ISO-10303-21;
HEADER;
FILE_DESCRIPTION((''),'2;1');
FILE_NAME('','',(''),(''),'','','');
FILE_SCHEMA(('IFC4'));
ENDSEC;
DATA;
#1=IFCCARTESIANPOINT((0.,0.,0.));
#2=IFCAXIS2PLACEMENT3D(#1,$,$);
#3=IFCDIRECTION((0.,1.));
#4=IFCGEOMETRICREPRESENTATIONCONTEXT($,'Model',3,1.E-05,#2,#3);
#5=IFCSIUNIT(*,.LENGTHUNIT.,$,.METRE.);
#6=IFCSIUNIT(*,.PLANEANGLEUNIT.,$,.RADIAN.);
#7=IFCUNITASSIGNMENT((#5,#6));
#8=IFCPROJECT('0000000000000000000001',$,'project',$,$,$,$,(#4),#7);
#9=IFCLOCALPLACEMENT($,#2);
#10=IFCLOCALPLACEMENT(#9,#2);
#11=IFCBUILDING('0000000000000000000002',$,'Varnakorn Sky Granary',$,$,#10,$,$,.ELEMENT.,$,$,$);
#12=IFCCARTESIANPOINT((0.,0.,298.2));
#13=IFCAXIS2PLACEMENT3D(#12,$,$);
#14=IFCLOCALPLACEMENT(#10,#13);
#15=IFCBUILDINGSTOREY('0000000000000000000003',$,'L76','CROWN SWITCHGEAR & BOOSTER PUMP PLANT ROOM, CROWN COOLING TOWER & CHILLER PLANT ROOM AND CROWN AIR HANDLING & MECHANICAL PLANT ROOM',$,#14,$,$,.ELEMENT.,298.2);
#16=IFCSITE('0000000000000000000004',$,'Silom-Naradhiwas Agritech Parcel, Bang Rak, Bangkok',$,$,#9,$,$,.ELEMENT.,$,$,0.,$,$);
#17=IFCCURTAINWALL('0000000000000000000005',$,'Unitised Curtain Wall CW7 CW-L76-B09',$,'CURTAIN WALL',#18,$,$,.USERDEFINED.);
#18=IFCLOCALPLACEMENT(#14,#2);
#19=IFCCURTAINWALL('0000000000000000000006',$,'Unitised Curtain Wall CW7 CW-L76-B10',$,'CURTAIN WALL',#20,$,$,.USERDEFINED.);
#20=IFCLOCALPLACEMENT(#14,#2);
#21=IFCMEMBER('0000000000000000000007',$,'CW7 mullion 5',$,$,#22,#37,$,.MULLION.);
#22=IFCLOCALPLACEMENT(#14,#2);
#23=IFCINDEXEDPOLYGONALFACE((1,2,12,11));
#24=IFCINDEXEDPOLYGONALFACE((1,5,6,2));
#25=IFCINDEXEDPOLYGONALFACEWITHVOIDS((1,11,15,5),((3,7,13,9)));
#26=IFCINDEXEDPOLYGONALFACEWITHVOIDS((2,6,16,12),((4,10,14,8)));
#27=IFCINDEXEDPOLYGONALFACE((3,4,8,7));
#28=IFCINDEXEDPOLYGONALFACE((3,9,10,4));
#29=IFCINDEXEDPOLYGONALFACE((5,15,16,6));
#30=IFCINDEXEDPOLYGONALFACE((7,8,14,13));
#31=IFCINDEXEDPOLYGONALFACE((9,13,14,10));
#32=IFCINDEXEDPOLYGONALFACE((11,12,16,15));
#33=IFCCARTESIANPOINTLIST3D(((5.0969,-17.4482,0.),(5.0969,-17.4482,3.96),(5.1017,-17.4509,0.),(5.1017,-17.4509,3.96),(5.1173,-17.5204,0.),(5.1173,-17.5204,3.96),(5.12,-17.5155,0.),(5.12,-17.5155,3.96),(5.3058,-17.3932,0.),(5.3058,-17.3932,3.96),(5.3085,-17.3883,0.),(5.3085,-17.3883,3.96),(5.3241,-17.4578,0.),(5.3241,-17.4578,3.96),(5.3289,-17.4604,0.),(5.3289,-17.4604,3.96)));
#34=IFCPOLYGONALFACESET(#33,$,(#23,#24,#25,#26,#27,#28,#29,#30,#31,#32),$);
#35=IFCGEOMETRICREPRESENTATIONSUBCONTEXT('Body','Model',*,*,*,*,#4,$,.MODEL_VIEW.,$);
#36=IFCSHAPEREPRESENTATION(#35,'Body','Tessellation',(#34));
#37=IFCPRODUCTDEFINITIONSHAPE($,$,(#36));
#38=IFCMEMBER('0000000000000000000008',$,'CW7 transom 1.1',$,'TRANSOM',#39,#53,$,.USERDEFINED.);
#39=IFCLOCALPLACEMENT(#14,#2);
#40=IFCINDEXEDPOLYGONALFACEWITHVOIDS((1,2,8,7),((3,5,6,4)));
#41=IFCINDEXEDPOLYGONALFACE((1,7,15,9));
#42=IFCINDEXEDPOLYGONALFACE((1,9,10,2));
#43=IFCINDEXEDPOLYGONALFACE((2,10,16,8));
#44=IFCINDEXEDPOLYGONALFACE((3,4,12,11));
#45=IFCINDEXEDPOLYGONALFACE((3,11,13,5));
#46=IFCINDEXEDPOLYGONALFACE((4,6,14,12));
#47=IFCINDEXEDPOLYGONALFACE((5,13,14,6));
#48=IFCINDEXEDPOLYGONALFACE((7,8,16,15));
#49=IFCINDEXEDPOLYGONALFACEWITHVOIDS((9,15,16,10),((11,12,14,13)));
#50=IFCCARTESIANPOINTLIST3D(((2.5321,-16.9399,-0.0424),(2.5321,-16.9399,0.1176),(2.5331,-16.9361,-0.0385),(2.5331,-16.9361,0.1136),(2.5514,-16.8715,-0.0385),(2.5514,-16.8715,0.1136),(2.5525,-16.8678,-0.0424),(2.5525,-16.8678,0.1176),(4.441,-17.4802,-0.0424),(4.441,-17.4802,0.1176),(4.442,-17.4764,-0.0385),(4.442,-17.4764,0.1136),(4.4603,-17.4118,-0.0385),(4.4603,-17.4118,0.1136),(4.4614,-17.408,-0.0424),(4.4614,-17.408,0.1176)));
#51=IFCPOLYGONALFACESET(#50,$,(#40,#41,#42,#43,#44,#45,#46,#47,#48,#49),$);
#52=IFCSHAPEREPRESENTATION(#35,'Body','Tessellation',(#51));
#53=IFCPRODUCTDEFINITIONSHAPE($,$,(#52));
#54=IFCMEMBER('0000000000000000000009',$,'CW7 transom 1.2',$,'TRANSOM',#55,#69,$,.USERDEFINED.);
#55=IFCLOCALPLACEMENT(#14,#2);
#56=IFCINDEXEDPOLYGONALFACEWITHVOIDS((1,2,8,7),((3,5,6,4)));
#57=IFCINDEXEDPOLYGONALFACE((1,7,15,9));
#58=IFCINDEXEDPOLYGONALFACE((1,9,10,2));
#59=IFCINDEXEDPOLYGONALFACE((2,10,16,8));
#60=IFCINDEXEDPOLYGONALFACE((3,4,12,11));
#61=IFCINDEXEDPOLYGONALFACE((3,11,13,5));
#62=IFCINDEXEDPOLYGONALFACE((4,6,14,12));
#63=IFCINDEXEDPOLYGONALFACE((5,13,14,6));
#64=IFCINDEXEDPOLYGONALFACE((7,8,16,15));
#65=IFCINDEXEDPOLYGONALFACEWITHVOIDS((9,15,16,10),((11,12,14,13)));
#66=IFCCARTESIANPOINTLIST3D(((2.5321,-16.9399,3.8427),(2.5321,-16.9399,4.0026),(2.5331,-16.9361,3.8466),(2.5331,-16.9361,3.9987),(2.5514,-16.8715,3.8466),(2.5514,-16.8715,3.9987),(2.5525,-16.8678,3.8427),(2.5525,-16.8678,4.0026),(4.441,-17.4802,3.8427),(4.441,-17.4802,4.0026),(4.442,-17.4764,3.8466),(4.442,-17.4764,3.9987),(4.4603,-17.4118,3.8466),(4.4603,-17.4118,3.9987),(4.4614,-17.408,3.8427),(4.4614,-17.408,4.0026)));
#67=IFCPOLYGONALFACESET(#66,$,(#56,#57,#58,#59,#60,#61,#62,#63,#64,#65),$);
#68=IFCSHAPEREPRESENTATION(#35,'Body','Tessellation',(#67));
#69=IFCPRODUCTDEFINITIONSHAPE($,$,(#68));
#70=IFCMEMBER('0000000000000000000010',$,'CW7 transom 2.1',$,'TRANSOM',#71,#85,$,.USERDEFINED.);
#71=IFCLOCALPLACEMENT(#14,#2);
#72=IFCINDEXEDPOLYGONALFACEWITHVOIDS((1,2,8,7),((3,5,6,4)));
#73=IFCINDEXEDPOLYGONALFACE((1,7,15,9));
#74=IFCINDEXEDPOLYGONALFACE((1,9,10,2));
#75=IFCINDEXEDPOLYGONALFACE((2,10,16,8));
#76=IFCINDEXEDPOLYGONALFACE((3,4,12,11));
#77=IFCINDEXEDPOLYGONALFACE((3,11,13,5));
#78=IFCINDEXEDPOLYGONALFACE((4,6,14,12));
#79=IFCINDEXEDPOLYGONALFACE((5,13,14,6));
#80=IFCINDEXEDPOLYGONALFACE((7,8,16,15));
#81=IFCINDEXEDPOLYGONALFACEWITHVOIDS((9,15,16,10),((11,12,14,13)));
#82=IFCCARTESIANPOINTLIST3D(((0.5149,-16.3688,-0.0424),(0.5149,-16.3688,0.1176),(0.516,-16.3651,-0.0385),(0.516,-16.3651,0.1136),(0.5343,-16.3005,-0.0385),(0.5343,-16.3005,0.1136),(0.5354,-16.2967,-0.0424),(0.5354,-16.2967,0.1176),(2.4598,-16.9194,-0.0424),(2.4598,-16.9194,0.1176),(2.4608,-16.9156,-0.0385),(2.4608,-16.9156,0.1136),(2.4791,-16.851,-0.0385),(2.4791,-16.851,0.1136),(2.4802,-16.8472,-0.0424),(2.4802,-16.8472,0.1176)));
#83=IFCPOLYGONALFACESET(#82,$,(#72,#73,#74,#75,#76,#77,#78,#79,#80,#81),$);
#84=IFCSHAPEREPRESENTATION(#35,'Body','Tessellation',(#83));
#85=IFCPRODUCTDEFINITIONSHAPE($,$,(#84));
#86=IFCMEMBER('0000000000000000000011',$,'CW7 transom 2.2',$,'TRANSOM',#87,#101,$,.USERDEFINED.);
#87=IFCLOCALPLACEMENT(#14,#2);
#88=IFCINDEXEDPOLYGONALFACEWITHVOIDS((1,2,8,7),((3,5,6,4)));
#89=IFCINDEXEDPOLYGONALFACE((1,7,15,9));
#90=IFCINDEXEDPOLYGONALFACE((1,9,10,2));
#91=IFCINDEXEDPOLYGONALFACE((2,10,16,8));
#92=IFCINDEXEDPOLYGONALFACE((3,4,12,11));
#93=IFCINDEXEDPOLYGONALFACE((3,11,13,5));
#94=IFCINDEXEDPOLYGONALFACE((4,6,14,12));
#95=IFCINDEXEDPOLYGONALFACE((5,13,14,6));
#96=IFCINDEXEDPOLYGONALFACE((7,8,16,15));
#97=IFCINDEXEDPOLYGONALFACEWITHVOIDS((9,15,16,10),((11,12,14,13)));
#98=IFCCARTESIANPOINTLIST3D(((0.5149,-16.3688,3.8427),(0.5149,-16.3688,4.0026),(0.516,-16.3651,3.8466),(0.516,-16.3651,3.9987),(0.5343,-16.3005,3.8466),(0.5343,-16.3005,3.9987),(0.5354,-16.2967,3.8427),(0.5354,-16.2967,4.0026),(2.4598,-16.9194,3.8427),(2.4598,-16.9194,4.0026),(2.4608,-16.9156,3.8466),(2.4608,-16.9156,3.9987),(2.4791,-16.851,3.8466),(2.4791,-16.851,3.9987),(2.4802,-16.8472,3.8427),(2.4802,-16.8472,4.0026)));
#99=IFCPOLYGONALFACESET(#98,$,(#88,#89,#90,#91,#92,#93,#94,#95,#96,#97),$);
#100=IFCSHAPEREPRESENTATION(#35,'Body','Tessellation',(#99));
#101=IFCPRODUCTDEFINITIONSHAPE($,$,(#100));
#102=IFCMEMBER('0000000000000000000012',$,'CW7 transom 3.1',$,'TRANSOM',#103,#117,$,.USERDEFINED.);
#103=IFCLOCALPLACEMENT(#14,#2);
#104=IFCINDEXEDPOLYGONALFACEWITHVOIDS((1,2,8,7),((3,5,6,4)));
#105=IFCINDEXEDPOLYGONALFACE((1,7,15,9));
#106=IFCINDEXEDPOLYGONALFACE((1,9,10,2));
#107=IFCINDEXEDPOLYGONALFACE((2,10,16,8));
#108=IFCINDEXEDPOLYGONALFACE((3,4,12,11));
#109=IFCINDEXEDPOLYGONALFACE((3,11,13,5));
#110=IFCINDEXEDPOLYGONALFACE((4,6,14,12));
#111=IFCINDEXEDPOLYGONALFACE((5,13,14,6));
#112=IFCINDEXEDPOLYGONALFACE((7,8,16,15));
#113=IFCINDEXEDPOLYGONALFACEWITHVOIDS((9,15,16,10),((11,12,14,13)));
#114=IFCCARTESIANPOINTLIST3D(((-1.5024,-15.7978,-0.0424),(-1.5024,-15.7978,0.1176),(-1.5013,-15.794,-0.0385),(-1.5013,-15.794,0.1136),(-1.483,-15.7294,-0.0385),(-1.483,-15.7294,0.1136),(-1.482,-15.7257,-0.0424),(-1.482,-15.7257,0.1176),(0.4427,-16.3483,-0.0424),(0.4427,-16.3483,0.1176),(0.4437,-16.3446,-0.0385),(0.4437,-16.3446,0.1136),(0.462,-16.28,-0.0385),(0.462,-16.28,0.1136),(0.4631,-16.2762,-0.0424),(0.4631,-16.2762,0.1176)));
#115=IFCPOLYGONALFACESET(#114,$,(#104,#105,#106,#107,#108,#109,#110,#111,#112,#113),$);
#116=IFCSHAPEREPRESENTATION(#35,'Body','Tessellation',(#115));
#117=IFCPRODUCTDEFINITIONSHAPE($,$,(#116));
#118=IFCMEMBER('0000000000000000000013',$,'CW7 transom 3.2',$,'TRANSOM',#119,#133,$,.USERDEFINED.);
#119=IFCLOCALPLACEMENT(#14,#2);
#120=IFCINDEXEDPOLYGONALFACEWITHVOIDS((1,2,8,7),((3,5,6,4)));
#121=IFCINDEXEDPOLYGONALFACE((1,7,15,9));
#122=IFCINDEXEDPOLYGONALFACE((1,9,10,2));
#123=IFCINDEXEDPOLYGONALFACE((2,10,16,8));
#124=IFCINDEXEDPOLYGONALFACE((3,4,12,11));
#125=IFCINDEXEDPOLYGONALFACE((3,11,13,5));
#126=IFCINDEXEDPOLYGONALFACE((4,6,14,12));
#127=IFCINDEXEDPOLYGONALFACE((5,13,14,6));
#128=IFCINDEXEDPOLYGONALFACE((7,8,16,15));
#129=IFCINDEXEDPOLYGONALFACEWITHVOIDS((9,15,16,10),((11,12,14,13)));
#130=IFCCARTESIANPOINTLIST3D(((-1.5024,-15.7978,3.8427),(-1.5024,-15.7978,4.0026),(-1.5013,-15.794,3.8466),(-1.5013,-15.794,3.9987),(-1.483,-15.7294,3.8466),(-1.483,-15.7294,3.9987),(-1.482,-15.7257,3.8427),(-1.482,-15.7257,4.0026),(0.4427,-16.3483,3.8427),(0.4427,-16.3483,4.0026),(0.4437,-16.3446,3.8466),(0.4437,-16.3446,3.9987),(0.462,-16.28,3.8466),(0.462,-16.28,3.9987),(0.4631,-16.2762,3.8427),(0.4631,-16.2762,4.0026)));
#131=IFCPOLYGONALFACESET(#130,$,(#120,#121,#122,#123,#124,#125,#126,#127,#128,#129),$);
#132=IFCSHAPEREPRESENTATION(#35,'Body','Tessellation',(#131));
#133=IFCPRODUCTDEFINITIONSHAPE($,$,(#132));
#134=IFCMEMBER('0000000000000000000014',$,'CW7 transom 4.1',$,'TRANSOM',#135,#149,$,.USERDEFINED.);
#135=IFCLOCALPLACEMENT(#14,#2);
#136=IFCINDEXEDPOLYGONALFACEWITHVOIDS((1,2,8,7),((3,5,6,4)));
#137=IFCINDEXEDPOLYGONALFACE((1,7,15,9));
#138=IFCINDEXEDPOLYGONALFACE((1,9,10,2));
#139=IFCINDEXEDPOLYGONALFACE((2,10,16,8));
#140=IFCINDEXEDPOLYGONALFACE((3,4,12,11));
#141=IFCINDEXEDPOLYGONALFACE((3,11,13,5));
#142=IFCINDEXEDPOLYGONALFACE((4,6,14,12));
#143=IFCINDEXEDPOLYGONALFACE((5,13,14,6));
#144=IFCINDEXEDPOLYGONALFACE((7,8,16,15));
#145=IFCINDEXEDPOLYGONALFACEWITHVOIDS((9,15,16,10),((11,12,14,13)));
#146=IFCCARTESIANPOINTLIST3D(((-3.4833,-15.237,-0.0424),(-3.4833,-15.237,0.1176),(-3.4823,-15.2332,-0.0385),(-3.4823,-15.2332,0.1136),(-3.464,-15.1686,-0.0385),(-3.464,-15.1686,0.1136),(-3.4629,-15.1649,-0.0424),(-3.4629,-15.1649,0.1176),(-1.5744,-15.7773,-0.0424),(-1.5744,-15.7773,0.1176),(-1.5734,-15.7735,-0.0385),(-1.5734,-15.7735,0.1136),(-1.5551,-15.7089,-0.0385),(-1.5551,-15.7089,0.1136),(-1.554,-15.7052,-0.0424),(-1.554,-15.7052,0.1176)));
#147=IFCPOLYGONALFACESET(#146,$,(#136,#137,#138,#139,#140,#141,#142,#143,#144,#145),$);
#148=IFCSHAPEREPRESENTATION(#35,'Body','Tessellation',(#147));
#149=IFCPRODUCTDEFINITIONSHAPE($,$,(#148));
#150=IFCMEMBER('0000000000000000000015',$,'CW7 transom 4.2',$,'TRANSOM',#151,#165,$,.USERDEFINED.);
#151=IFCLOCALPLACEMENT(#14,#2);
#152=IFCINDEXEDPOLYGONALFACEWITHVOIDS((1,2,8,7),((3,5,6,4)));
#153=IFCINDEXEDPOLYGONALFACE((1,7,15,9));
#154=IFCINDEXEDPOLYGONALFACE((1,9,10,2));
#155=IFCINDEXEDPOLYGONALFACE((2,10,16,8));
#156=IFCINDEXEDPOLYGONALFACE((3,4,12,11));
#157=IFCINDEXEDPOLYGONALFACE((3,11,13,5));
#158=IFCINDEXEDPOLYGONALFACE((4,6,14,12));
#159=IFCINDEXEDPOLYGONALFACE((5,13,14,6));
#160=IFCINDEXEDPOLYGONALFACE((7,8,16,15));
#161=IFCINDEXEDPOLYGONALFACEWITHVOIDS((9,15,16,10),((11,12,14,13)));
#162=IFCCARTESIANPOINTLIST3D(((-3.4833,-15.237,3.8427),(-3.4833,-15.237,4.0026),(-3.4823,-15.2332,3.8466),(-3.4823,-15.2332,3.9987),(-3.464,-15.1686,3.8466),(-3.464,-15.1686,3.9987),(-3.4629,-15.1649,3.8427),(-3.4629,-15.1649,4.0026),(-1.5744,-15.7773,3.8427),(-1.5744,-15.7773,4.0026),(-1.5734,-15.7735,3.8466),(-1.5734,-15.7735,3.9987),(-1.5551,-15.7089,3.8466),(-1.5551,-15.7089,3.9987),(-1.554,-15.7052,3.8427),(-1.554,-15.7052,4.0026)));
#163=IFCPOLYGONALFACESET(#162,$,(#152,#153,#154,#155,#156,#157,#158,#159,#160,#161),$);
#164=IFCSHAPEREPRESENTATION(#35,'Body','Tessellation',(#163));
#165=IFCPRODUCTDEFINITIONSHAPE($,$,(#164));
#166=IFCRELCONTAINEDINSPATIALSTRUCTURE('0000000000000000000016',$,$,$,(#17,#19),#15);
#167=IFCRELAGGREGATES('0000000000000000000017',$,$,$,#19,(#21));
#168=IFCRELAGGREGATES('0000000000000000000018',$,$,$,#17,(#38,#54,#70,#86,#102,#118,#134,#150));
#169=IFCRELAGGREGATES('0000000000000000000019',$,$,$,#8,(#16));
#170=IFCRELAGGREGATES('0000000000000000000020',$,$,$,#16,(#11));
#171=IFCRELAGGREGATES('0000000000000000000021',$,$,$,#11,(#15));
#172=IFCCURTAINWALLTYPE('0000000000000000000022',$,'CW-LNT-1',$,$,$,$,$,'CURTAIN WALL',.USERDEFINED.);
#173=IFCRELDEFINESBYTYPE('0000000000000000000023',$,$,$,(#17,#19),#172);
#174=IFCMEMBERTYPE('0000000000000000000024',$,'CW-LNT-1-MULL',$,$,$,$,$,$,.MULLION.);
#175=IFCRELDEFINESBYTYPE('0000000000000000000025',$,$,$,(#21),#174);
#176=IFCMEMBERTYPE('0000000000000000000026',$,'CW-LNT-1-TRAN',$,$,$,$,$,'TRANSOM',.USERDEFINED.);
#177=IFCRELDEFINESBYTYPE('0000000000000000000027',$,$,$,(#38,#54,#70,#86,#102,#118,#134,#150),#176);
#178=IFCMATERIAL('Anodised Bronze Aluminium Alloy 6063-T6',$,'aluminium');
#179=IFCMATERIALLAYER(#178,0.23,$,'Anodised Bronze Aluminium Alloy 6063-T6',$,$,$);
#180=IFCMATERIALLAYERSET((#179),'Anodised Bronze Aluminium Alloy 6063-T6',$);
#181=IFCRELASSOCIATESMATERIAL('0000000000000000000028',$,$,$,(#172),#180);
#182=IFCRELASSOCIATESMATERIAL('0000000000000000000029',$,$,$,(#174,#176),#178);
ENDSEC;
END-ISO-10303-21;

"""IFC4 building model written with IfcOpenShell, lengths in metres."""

from ifc_helpers import new_model, si_unit, direction, frame, origin, origin_2d, place, context, subcontext, project, spatial, hollow_rectangle, extrude, material, layer, layer_set, material_profile, profile_set, type_object, element, aggregate, save


model = new_model("IFC4")

# Units and contexts
model_context = context("Model", 3, precision=1e-05, world=origin(), true_north=direction((0.0, 1.0)))
body_context = subcontext(model_context, "Body", "Model", "MODEL_VIEW")
ifc_project = project(units=[si_unit("LENGTHUNIT", "METRE"), si_unit("PLANEANGLEUNIT", "RADIAN")], contexts=[model_context])

# Site, building, storey
site_placement = place(None, origin())
site = spatial("IfcSite", under=ifc_project, at=site_placement, Name="Silom-Naradhiwas Agritech Parcel, Bang Rak, Bangkok", CompositionType="ELEMENT", RefElevation=0.0)
building_placement = place(site_placement, origin())
building = spatial("IfcBuilding", under=site, at=building_placement, Name="Varnakorn Sky Granary", CompositionType="ELEMENT")
storey_placement = place(building_placement, frame((0.0, 0.0, 298.2)))
storey = spatial("IfcBuildingStorey", under=building, at=storey_placement, Name="L76", Description="CROWN SWITCHGEAR & BOOSTER PUMP PLANT ROOM, CROWN COOLING TOWER & CHILLER PLANT ROOM AND CROWN AIR HANDLING & MECHANICAL PLANT ROOM", CompositionType="ELEMENT", Elevation=298.2)

# Curtain wall
ifc_material_1 = material(Name="Anodised Bronze Aluminium Alloy 6063-T6", Category="aluminium")
ifc_layer_1 = layer(ifc_material_1, 0.23, Name="Anodised Bronze Aluminium Alloy 6063-T6")
ifc_layer_set_1 = layer_set([ifc_layer_1], Name="Anodised Bronze Aluminium Alloy 6063-T6")
curtain_wall_type = type_object("IfcCurtainWallType", Name="CW-LNT-1", ElementType="CURTAIN WALL", PredefinedType="USERDEFINED", material=ifc_layer_set_1)
curtain_wall_1_placement = place(storey_placement, origin())
curtain_wall_1 = element("IfcCurtainWall", 1, at=curtain_wall_1_placement, inside=storey, type_object=curtain_wall_type, Name="Unitised Curtain Wall CW7 CW-L76-B09", ObjectType="CURTAIN WALL", PredefinedType="USERDEFINED")
ifc_material_profile_1 = material_profile(ifc_material_1, hollow_rectangle(XDim=0.075, YDim=0.22, WallThickness=0.0039, at=origin_2d()), Name="ALU MULL 75x220")
ifc_profile_set_1 = profile_set([ifc_material_profile_1], Name="Anodised Bronze Aluminium Alloy 6063-T6")
member_type_1 = type_object("IfcMemberType", Name="CW-LNT-1-MULL", PredefinedType="MULLION", material=ifc_profile_set_1)

# Curtain wall, member
curtain_wall_2_placement = place(storey_placement, origin())
curtain_wall_2 = element("IfcCurtainWall", 2, at=curtain_wall_2_placement, inside=storey, type_object=curtain_wall_type, Name="Unitised Curtain Wall CW7 CW-L76-B10", ObjectType="CURTAIN WALL", PredefinedType="USERDEFINED")
member_1_placement = place(storey_placement, frame((5.2129, -17.4543, 0.0), z_axis=(0.0, 0.0, 1.0), x_axis=(0.272381, -0.962189, 0.0)))
member_1 = element("IfcMember", 3, at=member_1_placement, type_object=member_type_1, Name="CW7 mullion 5", PredefinedType="MULLION", context=body_context, shape_type="SweptSolid", body=[
    extrude(hollow_rectangle(XDim=0.075, YDim=0.22, WallThickness=0.0039, at=origin_2d()), origin(), (0.0, 0.0, 1.0), 3.96),
])
aggregate(curtain_wall_2, [member_1])

# Members
ifc_material_profile_2 = material_profile(ifc_material_1, hollow_rectangle(XDim=0.075, YDim=0.1599, WallThickness=0.0039, at=origin_2d()), Name="ALU TRAN 75x160")
ifc_profile_set_2 = profile_set([ifc_material_profile_2], Name="Anodised Bronze Aluminium Alloy 6063-T6")
member_type_2 = type_object("IfcMemberType", Name="CW-LNT-1-TRAN", ElementType="TRANSOM", PredefinedType="USERDEFINED", material=ifc_profile_set_2)
member_2_placement = place(storey_placement, frame((4.4512, -17.4441, 0.0376), z_axis=(-0.962204, 0.272331, 0.0), x_axis=(-0.272331, -0.962204, 0.0)))
member_2 = element("IfcMember", 4, at=member_2_placement, type_object=member_type_2, Name="CW7 transom 1.1", ObjectType="TRANSOM", PredefinedType="USERDEFINED", context=body_context, shape_type="SweptSolid", body=[
    extrude(hollow_rectangle(XDim=0.075, YDim=0.1599, WallThickness=0.0039, at=origin_2d()), origin(), (0.0, 0.0, 1.0), 1.9839),
])
member_3_placement = place(storey_placement, frame((4.4512, -17.4441, 3.9226), z_axis=(-0.962204, 0.272331, 0.0), x_axis=(-0.272331, -0.962204, 0.0)))
member_3 = element("IfcMember", 5, at=member_3_placement, type_object=member_type_2, Name="CW7 transom 1.2", ObjectType="TRANSOM", PredefinedType="USERDEFINED", context=body_context, shape_type="SweptSolid", body=[
    extrude(hollow_rectangle(XDim=0.075, YDim=0.1599, WallThickness=0.0039, at=origin_2d()), origin(), (0.0, 0.0, 1.0), 1.9839),
])
member_4_placement = place(storey_placement, frame((2.47, -16.8833, 0.0376), z_axis=(-0.962191, 0.272375, 0.0), x_axis=(-0.272375, -0.962191, 0.0)))
member_4 = element("IfcMember", 6, at=member_4_placement, type_object=member_type_2, Name="CW7 transom 2.1", ObjectType="TRANSOM", PredefinedType="USERDEFINED", context=body_context, shape_type="SweptSolid", body=[
    extrude(hollow_rectangle(XDim=0.075, YDim=0.1599, WallThickness=0.0039, at=origin_2d()), origin(), (0.0, 0.0, 1.0), 2.0212),
])
member_5_placement = place(storey_placement, frame((2.47, -16.8833, 3.9226), z_axis=(-0.962191, 0.272375, 0.0), x_axis=(-0.272375, -0.962191, 0.0)))
member_5 = element("IfcMember", 7, at=member_5_placement, type_object=member_type_2, Name="CW7 transom 2.2", ObjectType="TRANSOM", PredefinedType="USERDEFINED", context=body_context, shape_type="SweptSolid", body=[
    extrude(hollow_rectangle(XDim=0.075, YDim=0.1599, WallThickness=0.0039, at=origin_2d()), origin(), (0.0, 0.0, 1.0), 2.0212),
])
member_6_placement = place(storey_placement, frame((0.4529, -16.3123, 0.0376), z_axis=(-0.9622, 0.272344, 0.0), x_axis=(-0.272344, -0.9622, 0.0)))
member_6 = element("IfcMember", 8, at=member_6_placement, type_object=member_type_2, Name="CW7 transom 3.1", ObjectType="TRANSOM", PredefinedType="USERDEFINED", context=body_context, shape_type="SweptSolid", body=[
    extrude(hollow_rectangle(XDim=0.075, YDim=0.1599, WallThickness=0.0039, at=origin_2d()), origin(), (0.0, 0.0, 1.0), 2.0215),
])
member_7_placement = place(storey_placement, frame((0.4529, -16.3123, 3.9226), z_axis=(-0.9622, 0.272344, 0.0), x_axis=(-0.272344, -0.9622, 0.0)))
member_7 = element("IfcMember", 9, at=member_7_placement, type_object=member_type_2, Name="CW7 transom 3.2", ObjectType="TRANSOM", PredefinedType="USERDEFINED", context=body_context, shape_type="SweptSolid", body=[
    extrude(hollow_rectangle(XDim=0.075, YDim=0.1599, WallThickness=0.0039, at=origin_2d()), origin(), (0.0, 0.0, 1.0), 2.0215),
])
member_8_placement = place(storey_placement, frame((-1.5642, -15.7412, 0.0376), z_axis=(-0.962204, 0.272331, 0.0), x_axis=(-0.272331, -0.962204, 0.0)))
member_8 = element("IfcMember", 10, at=member_8_placement, type_object=member_type_2, Name="CW7 transom 4.1", ObjectType="TRANSOM", PredefinedType="USERDEFINED", context=body_context, shape_type="SweptSolid", body=[
    extrude(hollow_rectangle(XDim=0.075, YDim=0.1599, WallThickness=0.0039, at=origin_2d()), origin(), (0.0, 0.0, 1.0), 1.9839),
])
member_9_placement = place(storey_placement, frame((-1.5642, -15.7412, 3.9226), z_axis=(-0.962204, 0.272331, 0.0), x_axis=(-0.272331, -0.962204, 0.0)))
member_9 = element("IfcMember", 11, at=member_9_placement, type_object=member_type_2, Name="CW7 transom 4.2", ObjectType="TRANSOM", PredefinedType="USERDEFINED", context=body_context, shape_type="SweptSolid", body=[
    extrude(hollow_rectangle(XDim=0.075, YDim=0.1599, WallThickness=0.0039, at=origin_2d()), origin(), (0.0, 0.0, 1.0), 1.9839),
])

aggregate(curtain_wall_1, [member_2, member_3, member_4, member_5, member_6, member_7, member_8, member_9])

save(model, "model.ifc")
